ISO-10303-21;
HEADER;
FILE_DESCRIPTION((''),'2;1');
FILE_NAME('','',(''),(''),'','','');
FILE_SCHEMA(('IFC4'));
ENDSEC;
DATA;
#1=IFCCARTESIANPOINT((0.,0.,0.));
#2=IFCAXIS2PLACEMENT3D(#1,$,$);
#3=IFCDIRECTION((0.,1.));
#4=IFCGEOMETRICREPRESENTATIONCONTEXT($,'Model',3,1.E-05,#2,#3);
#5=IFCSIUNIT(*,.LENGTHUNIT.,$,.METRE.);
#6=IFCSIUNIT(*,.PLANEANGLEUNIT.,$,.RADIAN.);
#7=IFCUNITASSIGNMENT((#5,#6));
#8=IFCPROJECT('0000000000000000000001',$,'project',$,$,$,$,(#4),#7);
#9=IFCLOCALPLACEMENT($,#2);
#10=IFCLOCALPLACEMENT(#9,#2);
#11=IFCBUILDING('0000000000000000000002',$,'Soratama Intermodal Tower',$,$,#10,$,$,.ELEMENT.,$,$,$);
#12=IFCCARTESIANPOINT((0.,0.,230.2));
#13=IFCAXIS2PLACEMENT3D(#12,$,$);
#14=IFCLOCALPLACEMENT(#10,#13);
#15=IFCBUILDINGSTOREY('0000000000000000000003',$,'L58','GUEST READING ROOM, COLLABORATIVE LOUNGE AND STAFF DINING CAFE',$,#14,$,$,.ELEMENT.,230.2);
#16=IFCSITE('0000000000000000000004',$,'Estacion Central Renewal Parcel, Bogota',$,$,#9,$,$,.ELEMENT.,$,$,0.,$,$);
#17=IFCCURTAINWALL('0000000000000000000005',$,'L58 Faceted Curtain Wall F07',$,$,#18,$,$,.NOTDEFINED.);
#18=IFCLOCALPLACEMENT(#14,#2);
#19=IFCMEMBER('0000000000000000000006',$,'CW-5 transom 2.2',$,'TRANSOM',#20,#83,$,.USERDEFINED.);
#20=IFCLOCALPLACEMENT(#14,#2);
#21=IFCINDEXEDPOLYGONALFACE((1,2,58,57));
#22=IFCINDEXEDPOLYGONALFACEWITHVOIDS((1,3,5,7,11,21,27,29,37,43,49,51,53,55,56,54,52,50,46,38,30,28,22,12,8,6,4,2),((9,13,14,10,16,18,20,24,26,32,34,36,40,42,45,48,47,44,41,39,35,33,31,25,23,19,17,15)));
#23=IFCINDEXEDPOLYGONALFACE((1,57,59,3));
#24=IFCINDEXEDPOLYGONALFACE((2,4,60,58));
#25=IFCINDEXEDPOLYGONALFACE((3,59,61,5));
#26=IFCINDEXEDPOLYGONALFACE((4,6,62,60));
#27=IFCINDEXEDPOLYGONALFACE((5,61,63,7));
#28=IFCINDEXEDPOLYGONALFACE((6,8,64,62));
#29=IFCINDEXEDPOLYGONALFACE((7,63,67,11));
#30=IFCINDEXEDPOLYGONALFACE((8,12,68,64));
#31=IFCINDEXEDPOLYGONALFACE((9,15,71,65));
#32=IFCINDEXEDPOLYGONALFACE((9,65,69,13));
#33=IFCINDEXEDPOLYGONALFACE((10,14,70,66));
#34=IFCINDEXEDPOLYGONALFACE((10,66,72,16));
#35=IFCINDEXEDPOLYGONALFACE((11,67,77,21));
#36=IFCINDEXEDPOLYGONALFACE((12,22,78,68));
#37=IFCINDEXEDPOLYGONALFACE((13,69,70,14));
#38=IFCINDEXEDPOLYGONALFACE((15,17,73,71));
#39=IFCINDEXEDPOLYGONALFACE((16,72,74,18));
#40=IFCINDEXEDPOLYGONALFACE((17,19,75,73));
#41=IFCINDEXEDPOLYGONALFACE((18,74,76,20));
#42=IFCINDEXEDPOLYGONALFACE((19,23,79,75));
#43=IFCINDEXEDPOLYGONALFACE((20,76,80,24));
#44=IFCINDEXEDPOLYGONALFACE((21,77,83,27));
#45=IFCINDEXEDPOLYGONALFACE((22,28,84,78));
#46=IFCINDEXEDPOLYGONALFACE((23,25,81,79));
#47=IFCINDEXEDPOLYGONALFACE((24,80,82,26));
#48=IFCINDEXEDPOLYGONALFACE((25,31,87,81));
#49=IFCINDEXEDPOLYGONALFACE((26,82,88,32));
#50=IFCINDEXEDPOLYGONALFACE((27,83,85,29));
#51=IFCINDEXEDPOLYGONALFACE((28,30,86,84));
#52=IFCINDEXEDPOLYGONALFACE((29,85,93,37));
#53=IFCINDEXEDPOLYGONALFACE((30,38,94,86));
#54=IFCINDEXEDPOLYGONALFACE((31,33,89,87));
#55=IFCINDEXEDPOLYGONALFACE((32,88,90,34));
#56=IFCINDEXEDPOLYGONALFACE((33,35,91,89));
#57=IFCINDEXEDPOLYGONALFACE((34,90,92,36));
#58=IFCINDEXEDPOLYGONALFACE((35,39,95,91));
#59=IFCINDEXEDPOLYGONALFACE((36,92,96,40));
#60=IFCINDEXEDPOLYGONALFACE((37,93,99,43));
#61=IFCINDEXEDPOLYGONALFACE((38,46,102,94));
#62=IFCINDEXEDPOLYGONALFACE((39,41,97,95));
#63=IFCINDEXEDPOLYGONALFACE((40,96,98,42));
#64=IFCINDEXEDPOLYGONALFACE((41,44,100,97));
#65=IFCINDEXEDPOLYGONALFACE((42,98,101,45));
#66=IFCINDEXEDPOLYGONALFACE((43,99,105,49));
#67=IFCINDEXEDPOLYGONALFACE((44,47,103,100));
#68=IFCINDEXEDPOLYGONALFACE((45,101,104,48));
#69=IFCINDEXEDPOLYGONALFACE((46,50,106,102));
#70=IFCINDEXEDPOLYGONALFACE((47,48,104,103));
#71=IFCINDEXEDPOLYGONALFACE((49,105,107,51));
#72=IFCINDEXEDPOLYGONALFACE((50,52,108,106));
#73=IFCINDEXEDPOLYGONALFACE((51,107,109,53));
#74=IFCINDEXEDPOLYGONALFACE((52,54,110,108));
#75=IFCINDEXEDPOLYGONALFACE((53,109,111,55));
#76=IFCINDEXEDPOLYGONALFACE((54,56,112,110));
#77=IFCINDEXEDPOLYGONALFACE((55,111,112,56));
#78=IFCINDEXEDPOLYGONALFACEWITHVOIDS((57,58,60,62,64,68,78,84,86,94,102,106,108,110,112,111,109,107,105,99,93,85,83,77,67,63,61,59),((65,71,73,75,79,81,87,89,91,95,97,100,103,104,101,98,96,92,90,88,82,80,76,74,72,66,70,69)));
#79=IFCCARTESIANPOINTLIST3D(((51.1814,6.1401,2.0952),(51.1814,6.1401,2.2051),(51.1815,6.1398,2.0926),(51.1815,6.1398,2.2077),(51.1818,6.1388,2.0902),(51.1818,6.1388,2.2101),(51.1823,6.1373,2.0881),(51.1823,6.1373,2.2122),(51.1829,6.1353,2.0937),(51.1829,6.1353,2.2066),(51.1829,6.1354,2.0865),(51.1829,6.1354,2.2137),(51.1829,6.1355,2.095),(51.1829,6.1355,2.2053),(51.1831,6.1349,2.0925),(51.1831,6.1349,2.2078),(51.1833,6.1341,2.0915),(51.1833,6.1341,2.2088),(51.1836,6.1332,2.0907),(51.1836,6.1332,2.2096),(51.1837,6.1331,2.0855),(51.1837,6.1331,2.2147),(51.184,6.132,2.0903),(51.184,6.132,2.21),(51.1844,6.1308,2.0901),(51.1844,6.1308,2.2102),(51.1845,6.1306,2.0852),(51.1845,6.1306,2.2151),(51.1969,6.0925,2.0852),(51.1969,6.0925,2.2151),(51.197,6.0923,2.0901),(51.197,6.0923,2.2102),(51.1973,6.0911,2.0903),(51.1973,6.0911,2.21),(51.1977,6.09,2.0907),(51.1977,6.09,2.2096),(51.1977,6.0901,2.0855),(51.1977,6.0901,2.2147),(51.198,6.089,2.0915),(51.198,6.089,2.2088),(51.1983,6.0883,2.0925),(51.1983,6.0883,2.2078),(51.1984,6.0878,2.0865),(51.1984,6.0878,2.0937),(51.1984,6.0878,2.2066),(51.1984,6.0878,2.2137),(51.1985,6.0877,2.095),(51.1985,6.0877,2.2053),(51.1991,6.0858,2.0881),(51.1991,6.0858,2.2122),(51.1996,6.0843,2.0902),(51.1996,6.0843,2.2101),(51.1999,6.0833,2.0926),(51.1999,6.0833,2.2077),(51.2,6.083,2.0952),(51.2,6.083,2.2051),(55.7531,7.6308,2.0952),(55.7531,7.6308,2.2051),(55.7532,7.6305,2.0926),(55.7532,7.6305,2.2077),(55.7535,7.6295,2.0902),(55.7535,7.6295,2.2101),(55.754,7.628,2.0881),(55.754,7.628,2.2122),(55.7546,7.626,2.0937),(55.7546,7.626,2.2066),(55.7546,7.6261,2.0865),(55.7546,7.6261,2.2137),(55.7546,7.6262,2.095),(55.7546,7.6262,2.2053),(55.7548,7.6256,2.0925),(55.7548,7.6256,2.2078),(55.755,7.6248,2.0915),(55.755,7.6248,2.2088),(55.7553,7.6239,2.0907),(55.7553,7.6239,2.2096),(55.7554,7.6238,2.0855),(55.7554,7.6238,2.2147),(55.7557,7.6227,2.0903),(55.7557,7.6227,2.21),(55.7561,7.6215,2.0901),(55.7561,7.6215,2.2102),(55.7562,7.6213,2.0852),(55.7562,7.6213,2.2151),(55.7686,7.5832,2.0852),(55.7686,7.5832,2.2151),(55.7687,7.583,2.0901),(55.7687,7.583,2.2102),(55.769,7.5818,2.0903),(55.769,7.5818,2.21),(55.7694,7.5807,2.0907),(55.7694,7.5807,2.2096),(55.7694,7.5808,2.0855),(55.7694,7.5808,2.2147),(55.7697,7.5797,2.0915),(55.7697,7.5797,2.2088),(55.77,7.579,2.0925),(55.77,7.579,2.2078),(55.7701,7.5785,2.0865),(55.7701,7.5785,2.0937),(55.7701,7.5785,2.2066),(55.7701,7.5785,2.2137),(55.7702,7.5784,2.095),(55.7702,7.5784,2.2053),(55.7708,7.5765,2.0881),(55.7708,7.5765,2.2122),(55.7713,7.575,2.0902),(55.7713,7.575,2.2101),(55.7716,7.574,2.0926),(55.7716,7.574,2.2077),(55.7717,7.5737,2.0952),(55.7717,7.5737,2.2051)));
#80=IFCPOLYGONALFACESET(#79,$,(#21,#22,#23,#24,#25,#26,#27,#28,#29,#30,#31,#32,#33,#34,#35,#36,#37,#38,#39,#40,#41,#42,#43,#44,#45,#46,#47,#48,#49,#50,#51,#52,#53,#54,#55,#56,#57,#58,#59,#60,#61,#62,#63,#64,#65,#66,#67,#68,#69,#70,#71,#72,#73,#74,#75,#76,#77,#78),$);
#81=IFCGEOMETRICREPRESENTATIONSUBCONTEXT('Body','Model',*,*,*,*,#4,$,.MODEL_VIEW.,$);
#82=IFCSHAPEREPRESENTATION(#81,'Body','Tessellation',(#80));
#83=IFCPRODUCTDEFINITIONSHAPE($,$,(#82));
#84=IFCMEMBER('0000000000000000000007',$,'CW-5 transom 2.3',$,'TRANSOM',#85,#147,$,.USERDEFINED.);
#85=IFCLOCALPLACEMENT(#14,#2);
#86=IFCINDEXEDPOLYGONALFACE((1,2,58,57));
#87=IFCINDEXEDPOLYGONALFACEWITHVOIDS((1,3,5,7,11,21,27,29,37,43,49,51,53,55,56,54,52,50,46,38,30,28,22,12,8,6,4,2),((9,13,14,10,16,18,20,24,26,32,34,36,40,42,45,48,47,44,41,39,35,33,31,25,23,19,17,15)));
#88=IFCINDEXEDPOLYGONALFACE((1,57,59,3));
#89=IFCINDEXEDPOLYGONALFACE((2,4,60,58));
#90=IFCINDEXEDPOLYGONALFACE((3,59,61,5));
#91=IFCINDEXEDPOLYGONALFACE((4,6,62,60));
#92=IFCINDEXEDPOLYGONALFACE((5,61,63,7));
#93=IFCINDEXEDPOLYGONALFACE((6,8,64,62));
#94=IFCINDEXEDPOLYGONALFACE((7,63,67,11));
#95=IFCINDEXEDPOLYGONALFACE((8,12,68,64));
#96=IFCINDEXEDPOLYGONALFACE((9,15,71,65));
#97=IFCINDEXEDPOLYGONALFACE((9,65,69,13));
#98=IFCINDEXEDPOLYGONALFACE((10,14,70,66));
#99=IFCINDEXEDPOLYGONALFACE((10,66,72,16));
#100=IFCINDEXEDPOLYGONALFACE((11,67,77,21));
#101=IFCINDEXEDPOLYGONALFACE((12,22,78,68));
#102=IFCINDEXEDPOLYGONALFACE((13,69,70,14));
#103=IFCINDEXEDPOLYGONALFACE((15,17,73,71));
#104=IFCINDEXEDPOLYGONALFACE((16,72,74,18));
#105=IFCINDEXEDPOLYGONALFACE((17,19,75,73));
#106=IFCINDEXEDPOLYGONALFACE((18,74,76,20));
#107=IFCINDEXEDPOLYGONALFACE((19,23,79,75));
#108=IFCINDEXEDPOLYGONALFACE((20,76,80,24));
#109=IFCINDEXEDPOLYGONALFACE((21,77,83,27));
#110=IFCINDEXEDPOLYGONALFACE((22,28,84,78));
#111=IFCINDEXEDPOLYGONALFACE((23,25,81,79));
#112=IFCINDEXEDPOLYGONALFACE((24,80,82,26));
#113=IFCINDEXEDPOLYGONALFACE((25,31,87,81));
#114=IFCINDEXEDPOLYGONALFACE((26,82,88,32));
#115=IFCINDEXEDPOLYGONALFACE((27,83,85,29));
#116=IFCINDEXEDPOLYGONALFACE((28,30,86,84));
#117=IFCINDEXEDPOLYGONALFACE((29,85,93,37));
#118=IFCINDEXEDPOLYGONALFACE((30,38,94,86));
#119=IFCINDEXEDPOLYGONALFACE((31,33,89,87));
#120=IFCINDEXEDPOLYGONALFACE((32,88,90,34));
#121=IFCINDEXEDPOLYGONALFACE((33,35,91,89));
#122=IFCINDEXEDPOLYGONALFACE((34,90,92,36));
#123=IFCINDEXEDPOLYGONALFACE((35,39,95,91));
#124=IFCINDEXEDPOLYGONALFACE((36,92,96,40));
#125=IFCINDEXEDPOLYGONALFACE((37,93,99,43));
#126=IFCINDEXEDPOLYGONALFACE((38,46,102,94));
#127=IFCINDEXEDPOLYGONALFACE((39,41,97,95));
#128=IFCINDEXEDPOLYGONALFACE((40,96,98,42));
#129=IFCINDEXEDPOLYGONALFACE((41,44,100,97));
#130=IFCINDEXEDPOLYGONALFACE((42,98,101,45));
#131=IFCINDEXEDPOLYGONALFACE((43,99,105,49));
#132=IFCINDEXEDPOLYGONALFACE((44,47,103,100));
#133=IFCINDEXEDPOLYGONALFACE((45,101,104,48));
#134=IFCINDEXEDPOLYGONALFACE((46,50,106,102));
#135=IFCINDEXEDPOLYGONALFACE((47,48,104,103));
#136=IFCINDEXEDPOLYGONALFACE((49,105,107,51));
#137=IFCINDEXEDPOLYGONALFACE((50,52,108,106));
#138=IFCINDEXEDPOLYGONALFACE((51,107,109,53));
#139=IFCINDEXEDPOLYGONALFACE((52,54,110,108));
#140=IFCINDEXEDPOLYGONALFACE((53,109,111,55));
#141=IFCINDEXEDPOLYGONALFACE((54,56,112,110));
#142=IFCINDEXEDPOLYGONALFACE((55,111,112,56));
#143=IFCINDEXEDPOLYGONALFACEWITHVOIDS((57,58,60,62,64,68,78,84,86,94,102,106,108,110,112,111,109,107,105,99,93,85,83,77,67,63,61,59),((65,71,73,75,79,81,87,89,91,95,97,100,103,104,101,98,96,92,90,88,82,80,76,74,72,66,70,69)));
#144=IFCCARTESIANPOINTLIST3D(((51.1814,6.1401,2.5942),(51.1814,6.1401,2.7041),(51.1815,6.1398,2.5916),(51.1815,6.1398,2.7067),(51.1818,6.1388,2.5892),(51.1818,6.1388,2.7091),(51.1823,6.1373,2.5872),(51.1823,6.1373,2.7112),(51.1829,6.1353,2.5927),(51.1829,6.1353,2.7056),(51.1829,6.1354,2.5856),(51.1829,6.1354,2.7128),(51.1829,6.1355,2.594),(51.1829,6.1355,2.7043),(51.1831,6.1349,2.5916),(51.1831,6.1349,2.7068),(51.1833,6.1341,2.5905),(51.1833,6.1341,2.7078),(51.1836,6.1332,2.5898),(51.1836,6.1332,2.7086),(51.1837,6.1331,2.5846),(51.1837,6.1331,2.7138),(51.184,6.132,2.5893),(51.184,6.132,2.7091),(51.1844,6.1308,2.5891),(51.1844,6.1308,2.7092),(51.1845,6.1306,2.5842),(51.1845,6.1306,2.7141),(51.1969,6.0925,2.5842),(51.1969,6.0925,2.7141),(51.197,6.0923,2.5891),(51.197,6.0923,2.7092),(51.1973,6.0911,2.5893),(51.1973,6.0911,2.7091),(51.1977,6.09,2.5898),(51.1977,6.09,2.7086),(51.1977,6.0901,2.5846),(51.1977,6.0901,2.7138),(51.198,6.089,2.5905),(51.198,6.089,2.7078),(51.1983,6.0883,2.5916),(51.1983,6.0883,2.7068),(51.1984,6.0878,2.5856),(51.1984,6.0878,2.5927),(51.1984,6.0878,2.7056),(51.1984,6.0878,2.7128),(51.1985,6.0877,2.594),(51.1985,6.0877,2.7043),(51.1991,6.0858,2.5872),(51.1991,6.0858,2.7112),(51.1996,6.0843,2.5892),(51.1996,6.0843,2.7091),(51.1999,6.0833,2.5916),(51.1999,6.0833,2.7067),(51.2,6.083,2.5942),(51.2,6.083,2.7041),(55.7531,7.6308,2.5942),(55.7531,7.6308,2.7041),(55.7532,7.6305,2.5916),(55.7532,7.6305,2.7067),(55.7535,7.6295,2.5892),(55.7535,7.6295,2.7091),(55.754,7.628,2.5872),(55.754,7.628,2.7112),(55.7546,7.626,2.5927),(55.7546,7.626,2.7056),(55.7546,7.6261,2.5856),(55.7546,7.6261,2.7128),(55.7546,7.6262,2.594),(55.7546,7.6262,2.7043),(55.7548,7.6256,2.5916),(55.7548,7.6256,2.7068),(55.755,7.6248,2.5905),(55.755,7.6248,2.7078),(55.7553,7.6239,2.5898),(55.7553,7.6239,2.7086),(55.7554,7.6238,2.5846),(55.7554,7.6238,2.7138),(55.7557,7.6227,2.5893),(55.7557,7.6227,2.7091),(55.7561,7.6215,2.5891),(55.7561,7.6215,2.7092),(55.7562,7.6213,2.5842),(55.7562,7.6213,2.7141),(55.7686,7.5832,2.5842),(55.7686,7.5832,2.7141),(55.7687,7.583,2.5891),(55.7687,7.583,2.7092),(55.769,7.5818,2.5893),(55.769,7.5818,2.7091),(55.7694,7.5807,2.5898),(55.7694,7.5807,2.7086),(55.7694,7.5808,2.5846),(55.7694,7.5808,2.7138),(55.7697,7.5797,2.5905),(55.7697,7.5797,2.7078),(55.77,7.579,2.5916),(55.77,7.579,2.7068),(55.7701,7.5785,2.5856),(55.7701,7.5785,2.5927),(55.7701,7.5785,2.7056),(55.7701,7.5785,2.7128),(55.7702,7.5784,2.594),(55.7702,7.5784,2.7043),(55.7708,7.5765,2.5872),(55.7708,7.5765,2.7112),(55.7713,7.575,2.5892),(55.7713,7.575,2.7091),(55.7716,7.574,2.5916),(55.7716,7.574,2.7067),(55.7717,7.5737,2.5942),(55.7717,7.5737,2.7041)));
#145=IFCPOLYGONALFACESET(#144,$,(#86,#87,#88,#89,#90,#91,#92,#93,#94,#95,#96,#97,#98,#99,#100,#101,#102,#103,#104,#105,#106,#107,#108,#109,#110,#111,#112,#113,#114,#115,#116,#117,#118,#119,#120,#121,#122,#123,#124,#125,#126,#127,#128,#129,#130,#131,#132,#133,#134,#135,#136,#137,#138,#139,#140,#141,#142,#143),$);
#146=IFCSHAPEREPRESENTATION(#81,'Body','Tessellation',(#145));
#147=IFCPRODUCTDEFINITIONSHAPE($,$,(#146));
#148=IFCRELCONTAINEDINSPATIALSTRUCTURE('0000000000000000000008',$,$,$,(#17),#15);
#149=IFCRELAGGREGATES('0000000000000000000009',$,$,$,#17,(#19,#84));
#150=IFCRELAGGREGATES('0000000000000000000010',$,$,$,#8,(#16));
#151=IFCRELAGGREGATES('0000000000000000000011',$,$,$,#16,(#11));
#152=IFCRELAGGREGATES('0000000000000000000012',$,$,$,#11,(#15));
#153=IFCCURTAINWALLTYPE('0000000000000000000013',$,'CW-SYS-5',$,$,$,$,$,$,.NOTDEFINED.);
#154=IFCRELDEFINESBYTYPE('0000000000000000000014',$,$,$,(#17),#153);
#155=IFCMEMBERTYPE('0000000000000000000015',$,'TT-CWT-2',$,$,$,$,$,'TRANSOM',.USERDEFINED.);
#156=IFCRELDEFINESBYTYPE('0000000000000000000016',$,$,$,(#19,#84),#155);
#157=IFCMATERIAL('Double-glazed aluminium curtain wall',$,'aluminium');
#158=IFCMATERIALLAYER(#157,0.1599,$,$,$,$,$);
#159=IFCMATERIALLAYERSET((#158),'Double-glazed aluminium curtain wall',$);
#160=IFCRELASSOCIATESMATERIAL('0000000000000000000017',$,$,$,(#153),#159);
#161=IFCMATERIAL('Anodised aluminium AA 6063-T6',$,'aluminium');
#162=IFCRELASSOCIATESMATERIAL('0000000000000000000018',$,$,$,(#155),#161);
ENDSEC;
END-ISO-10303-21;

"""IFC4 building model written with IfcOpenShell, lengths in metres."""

from ifc_helpers import new_model, si_unit, direction, frame, origin, origin_2d, place, context, subcontext, project, spatial, hollow_rectangle, extrude, material, layer, layer_set, material_profile, profile_set, type_object, element, aggregate, save


model = new_model("IFC4")

# Units and contexts
model_context = context("Model", 3, precision=1e-05, world=origin(), true_north=direction((0.0, 1.0)))
body_context = subcontext(model_context, "Body", "Model", "MODEL_VIEW")
ifc_project = project(units=[si_unit("LENGTHUNIT", "METRE"), si_unit("PLANEANGLEUNIT", "RADIAN")], contexts=[model_context])

# Site, building, storey
site_placement = place(None, origin())
site = spatial("IfcSite", under=ifc_project, at=site_placement, Name="Estacion Central Renewal Parcel, Bogota", CompositionType="ELEMENT", RefElevation=0.0)
building_placement = place(site_placement, origin())
building = spatial("IfcBuilding", under=site, at=building_placement, Name="Soratama Intermodal Tower", CompositionType="ELEMENT")
storey_placement = place(building_placement, frame((0.0, 0.0, 230.2)))
storey = spatial("IfcBuildingStorey", under=building, at=storey_placement, Name="L58", Description="GUEST READING ROOM, COLLABORATIVE LOUNGE AND STAFF DINING CAFE", CompositionType="ELEMENT", Elevation=230.2)

# Curtain wall
ifc_material_1 = material(Name="Double-glazed aluminium curtain wall", Category="aluminium")
ifc_layer_1 = layer(ifc_material_1, 0.1599)
ifc_layer_set_1 = layer_set([ifc_layer_1], Name="Double-glazed aluminium curtain wall")
curtain_wall_type = type_object("IfcCurtainWallType", Name="CW-SYS-5", PredefinedType="NOTDEFINED", material=ifc_layer_set_1)
curtain_wall_1_placement = place(storey_placement, origin())
curtain_wall_1 = element("IfcCurtainWall", 1, at=curtain_wall_1_placement, inside=storey, type_object=curtain_wall_type, Name="L58 Faceted Curtain Wall F07", PredefinedType="NOTDEFINED")

# Members
ifc_material_2 = material(Name="Anodised aluminium AA 6063-T6", Category="aluminium")
ifc_material_profile_1 = material_profile(ifc_material_2, hollow_rectangle(XDim=0.0601, YDim=0.1299, WallThickness=0.0049, InnerFilletRadius=0.0049, OuterFilletRadius=0.01, at=origin_2d()), Name="CWT130X60X5")
ifc_profile_set_1 = profile_set([ifc_material_profile_1], Name="Anodised aluminium AA 6063-T6")
member_type_1 = type_object("IfcMemberType", Name="TT-CWT-2", ElementType="TRANSOM", PredefinedType="USERDEFINED", material=ifc_profile_set_1)
member_1_placement = place(storey_placement, frame((51.1907, 6.1116, 2.1501), z_axis=(0.950734, 0.310007, 0.0), x_axis=(-0.310007, 0.950734, 0.0)))
member_1 = element("IfcMember", 2, at=member_1_placement, type_object=member_type_1, Name="CW-5 transom 2.2", ObjectType="TRANSOM", PredefinedType="USERDEFINED", context=body_context, shape_type="SweptSolid", body=[
    extrude(hollow_rectangle(XDim=0.0601, YDim=0.1299, WallThickness=0.0049, InnerFilletRadius=0.0049, OuterFilletRadius=0.01, at=origin_2d()), origin(), (0.0, 0.0, 1.0), 4.8086),
])
member_2_placement = place(storey_placement, frame((51.1907, 6.1116, 2.6492), z_axis=(0.950734, 0.310007, 0.0), x_axis=(-0.310007, 0.950734, 0.0)))
member_2 = element("IfcMember", 3, at=member_2_placement, type_object=member_type_1, Name="CW-5 transom 2.3", ObjectType="TRANSOM", PredefinedType="USERDEFINED", context=body_context, shape_type="SweptSolid", body=[
    extrude(hollow_rectangle(XDim=0.0601, YDim=0.1299, WallThickness=0.0049, InnerFilletRadius=0.0049, OuterFilletRadius=0.01, at=origin_2d()), origin(), (0.0, 0.0, 1.0), 4.8086),
])

aggregate(curtain_wall_1, [member_1, member_2])

save(model, "model.ifc")
